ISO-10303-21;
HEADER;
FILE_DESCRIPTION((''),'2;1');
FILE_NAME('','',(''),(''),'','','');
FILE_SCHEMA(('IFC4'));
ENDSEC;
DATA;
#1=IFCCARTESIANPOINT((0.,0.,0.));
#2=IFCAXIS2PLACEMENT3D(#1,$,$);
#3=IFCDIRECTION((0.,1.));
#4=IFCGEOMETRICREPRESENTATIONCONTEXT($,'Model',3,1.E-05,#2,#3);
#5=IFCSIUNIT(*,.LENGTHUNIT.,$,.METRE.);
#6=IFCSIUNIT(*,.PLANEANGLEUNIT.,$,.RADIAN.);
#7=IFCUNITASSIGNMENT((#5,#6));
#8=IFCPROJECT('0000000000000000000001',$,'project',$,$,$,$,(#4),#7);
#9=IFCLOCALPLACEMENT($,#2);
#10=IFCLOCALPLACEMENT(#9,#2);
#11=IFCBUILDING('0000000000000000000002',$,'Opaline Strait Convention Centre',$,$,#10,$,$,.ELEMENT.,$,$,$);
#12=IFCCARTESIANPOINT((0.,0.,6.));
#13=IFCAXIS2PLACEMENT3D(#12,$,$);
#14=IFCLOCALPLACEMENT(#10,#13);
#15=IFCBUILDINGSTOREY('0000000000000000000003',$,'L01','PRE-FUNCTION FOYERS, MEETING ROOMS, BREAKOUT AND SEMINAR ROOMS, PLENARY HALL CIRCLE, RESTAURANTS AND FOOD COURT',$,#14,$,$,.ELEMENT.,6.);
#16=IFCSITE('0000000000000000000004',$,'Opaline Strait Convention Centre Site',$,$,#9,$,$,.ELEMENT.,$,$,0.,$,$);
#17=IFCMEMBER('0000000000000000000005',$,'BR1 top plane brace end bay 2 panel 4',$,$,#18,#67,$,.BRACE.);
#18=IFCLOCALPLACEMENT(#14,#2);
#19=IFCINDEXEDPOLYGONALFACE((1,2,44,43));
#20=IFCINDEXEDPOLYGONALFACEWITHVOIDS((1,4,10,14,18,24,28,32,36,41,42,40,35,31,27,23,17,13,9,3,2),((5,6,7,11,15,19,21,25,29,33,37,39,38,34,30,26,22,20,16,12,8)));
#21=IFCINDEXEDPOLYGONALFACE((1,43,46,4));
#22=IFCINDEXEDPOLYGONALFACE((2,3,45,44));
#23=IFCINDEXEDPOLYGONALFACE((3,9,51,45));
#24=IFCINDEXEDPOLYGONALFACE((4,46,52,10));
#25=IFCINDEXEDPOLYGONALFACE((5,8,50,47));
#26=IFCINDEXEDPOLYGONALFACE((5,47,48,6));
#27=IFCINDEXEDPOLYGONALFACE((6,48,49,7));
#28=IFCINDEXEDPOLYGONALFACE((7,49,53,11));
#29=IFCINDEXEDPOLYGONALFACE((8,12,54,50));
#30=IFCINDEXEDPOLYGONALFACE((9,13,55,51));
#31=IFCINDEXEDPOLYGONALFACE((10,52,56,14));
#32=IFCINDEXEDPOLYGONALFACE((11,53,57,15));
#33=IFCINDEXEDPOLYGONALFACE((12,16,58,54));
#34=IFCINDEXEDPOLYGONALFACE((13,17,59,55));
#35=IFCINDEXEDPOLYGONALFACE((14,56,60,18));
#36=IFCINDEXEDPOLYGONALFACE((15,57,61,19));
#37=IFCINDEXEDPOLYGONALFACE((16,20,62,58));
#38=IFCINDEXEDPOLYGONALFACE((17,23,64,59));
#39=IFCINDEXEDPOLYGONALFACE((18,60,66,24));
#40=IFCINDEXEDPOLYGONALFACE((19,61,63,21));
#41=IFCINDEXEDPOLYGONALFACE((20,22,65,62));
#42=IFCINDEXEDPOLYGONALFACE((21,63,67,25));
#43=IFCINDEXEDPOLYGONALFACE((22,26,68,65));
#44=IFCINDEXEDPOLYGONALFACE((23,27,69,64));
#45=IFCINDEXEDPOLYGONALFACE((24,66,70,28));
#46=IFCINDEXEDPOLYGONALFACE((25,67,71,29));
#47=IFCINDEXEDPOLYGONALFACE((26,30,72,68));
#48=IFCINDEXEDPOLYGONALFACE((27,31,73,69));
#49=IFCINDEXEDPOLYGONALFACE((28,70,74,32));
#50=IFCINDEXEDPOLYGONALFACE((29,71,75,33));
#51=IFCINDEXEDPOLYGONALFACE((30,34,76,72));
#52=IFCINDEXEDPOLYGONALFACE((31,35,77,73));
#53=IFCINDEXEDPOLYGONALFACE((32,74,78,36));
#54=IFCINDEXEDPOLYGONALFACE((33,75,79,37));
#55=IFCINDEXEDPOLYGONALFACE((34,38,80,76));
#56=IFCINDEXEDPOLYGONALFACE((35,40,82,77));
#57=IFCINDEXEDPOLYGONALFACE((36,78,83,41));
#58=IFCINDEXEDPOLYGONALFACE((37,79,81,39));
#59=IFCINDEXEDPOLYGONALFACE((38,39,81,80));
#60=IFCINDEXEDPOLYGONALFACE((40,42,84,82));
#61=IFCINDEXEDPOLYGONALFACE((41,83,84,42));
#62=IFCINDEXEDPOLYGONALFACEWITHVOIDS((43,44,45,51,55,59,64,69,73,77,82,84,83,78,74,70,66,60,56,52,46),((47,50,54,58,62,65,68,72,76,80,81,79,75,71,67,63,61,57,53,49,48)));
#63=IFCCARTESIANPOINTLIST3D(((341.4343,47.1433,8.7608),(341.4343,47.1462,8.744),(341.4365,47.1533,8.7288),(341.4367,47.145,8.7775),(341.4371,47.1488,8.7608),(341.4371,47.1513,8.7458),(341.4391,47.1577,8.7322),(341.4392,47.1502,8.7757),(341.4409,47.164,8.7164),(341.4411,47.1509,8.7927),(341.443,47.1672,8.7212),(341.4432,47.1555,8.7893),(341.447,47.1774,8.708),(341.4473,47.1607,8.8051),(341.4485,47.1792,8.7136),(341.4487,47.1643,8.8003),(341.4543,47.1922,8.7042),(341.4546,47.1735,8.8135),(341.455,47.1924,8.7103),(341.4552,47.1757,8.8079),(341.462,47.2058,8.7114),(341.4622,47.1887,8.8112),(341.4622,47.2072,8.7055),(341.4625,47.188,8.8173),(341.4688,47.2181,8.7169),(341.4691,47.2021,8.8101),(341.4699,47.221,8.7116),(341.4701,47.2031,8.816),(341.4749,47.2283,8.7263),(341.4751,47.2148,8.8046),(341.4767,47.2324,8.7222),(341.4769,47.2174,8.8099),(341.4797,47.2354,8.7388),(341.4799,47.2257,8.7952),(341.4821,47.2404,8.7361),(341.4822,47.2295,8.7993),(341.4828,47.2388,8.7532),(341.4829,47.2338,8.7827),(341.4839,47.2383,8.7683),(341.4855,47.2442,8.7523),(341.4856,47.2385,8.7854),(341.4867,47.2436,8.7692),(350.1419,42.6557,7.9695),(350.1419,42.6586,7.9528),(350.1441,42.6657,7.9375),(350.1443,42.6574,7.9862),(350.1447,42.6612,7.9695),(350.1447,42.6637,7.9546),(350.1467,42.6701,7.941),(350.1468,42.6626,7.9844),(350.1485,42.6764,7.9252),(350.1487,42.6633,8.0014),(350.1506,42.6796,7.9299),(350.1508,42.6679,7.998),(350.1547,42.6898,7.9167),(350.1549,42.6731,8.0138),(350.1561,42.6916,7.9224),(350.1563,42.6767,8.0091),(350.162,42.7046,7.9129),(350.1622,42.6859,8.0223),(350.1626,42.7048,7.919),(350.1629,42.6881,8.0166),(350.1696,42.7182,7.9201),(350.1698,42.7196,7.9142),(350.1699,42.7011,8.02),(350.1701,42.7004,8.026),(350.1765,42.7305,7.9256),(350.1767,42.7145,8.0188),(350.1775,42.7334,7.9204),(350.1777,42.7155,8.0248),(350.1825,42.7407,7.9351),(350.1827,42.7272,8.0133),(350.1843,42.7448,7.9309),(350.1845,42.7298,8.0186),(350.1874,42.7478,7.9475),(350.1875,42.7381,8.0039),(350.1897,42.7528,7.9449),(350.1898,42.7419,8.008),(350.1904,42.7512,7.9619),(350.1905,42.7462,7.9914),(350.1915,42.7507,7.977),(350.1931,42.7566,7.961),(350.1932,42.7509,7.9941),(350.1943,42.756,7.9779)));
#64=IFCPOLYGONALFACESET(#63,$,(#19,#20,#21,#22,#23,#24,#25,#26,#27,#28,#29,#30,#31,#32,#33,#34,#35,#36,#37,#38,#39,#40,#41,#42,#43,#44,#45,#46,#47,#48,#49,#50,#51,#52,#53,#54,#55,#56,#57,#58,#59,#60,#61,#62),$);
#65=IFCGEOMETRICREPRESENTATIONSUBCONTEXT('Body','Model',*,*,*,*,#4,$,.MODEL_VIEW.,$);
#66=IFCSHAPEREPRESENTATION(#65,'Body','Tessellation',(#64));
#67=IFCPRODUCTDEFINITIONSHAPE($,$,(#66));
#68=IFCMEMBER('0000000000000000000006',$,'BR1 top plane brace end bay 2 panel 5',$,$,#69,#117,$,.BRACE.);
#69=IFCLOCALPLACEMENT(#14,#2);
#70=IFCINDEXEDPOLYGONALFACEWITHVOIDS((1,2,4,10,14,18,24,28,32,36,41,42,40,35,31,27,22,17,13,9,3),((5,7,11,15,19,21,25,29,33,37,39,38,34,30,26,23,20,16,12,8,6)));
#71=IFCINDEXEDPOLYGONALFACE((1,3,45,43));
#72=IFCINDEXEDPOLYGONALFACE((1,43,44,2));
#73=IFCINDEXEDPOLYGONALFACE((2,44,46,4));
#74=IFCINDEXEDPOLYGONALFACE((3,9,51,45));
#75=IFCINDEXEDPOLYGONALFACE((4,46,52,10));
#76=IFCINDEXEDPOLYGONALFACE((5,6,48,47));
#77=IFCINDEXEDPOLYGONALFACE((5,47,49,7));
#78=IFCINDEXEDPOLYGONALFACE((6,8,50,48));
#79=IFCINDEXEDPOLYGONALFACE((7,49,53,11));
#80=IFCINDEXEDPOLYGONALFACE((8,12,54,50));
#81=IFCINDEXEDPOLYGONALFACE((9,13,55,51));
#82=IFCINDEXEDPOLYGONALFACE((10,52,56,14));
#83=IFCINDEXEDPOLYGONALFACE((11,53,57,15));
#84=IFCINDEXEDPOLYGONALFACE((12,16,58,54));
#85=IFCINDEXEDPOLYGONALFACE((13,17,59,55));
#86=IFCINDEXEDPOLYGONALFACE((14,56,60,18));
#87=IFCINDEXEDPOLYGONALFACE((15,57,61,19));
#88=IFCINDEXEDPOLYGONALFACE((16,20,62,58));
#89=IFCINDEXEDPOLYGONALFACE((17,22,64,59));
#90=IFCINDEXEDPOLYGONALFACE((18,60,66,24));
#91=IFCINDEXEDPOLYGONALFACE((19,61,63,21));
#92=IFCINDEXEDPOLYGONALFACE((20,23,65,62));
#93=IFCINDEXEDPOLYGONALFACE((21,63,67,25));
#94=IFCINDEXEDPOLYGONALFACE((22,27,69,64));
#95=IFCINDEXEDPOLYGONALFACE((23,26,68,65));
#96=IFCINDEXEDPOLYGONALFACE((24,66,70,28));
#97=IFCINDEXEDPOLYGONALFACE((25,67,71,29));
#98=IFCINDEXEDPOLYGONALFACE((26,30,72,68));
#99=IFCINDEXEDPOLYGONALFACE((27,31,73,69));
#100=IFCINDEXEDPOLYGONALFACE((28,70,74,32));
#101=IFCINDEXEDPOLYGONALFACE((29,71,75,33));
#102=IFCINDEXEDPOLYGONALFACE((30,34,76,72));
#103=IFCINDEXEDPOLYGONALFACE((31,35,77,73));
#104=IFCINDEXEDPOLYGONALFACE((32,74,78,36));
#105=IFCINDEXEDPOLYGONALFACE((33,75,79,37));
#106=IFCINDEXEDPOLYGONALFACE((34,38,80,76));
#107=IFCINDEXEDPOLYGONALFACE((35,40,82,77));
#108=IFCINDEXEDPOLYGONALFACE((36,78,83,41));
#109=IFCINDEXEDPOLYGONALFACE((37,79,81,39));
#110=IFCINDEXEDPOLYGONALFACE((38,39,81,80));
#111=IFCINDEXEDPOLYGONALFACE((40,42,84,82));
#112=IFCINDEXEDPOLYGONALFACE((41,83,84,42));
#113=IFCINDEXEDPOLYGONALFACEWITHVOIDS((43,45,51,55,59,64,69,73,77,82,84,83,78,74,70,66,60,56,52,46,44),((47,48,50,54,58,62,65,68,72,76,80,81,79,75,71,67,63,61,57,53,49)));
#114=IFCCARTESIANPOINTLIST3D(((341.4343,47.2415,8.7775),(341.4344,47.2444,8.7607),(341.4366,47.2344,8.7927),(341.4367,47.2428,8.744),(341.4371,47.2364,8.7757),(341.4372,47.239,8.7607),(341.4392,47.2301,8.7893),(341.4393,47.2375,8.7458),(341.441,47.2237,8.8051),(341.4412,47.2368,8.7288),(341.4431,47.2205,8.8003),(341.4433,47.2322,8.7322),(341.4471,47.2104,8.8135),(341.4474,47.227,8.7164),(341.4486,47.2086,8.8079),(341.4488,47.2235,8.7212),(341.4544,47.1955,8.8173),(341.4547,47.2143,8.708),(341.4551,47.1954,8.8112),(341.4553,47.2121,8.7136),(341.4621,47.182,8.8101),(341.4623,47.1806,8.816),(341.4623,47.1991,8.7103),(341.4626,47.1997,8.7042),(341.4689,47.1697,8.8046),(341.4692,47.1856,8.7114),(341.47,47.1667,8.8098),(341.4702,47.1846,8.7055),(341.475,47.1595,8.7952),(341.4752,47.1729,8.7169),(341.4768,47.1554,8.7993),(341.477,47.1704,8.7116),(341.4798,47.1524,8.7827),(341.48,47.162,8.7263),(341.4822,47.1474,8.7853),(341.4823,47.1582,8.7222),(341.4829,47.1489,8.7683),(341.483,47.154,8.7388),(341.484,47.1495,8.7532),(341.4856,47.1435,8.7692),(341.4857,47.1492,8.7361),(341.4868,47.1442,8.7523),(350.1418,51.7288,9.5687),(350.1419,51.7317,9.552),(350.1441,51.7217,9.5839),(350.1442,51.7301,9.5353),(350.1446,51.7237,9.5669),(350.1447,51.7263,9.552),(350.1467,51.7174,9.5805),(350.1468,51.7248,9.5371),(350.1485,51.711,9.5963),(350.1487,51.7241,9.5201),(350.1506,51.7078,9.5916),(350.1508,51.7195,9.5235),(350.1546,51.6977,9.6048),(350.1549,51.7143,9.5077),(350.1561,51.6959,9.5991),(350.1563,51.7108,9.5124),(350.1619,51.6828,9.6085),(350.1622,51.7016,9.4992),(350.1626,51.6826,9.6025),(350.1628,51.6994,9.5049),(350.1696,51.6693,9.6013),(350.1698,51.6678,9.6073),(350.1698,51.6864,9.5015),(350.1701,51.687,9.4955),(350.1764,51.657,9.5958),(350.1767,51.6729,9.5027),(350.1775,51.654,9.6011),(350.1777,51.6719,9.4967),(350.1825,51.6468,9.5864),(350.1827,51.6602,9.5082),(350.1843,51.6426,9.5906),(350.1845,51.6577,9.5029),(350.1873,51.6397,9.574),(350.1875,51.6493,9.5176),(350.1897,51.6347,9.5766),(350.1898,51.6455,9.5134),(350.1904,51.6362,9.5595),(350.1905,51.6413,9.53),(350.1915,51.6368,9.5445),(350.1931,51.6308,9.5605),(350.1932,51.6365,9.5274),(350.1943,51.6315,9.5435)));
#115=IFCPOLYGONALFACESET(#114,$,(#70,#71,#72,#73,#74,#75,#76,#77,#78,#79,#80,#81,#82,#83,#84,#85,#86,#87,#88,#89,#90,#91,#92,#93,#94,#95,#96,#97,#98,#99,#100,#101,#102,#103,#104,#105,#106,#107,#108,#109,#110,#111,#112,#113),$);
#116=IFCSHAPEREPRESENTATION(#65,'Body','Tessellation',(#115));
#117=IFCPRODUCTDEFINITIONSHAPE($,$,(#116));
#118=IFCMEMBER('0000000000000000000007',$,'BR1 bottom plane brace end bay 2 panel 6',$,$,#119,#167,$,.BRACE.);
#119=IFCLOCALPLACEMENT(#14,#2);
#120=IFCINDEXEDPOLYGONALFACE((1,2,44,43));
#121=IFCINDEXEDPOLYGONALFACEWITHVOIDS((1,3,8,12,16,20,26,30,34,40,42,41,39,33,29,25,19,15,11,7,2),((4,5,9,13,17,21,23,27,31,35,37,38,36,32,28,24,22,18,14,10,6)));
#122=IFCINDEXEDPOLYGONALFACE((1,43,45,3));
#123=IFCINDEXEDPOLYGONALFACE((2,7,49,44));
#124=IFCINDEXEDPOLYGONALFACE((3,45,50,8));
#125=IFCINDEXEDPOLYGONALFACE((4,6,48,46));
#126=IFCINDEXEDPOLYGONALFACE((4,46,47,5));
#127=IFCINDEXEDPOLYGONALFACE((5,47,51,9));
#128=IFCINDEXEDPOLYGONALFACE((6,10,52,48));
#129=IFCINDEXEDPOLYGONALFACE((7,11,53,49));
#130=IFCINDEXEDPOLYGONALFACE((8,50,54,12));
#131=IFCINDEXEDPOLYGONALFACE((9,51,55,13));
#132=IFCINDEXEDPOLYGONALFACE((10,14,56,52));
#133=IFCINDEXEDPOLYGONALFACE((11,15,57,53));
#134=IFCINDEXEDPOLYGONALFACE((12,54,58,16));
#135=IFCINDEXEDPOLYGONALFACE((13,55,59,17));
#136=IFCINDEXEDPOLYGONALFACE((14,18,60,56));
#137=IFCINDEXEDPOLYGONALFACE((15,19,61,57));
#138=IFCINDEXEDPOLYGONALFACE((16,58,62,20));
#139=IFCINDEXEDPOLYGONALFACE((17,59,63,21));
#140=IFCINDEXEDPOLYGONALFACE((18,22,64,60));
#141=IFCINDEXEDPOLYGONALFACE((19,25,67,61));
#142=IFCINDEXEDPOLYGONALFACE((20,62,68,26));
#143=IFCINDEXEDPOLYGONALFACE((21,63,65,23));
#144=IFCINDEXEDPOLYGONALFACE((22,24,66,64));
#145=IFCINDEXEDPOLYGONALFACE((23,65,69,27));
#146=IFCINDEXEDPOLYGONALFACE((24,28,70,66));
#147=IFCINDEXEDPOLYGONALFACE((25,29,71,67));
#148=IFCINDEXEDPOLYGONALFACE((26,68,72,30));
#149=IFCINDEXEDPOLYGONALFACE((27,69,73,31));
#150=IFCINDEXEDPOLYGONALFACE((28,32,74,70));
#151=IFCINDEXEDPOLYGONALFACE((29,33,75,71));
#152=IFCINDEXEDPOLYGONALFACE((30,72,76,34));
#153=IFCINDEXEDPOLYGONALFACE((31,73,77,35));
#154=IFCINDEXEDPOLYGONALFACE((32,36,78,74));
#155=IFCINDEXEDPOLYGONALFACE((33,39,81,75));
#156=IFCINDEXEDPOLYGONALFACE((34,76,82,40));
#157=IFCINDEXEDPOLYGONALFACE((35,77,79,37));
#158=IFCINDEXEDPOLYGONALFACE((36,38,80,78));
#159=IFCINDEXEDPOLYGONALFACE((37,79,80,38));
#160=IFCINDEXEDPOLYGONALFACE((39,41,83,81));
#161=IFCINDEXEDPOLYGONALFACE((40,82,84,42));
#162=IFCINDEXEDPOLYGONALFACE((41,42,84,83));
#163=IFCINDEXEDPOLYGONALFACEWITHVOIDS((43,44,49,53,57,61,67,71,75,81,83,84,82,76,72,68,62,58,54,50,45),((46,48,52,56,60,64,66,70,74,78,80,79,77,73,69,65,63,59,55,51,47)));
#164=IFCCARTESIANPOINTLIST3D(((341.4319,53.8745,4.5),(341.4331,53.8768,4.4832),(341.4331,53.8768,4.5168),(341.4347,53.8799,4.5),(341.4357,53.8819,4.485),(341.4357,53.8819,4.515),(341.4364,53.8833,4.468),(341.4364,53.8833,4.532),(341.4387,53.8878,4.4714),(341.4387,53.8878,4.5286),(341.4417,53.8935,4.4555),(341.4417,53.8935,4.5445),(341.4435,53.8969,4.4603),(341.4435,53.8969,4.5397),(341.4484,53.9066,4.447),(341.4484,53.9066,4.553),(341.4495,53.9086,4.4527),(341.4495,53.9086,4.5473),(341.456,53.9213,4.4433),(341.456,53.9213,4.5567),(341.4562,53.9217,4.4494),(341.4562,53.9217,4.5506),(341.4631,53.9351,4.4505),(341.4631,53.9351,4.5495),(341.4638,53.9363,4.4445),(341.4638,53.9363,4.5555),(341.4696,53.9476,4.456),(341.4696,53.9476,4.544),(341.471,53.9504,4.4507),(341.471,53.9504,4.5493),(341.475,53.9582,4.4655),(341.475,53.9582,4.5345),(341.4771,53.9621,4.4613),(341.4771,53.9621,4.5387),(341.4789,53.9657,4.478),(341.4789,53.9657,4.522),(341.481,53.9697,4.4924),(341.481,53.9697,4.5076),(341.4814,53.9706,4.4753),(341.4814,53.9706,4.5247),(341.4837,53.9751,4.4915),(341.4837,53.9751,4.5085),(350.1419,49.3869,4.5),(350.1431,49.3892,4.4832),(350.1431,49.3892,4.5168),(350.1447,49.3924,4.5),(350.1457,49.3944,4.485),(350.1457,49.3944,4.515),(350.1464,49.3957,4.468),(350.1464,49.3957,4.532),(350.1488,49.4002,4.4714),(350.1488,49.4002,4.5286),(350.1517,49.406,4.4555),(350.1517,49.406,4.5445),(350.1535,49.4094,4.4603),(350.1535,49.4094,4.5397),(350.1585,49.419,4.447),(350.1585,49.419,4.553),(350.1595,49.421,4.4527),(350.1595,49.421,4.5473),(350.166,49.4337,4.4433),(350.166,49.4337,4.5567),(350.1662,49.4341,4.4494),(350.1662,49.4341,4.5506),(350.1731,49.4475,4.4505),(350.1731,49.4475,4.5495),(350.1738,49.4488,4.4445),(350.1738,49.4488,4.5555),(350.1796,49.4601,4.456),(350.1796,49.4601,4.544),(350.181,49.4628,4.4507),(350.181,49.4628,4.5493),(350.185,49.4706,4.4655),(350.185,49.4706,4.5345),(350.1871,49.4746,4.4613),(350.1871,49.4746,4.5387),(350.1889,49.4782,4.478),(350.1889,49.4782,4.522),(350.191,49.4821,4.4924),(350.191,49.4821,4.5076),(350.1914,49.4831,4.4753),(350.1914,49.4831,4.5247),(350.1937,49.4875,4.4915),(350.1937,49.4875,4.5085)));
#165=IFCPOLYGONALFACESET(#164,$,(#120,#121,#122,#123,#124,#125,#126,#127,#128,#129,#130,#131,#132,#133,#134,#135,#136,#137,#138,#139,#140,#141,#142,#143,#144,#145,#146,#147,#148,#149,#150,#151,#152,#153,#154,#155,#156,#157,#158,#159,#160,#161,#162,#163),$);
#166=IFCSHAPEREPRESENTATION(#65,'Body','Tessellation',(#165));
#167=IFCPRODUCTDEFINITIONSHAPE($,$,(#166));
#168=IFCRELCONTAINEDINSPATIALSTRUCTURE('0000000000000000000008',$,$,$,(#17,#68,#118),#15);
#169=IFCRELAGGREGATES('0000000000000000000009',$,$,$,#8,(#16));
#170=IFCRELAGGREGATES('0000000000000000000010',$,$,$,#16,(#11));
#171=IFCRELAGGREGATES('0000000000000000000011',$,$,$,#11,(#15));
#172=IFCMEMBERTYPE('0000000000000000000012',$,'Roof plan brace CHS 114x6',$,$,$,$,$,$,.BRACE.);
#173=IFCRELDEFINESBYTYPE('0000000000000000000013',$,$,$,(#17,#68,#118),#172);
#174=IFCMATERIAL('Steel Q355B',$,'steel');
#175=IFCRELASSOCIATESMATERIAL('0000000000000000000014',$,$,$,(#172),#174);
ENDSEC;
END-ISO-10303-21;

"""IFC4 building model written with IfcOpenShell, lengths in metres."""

from ifc_helpers import new_model, si_unit, direction, frame, origin, origin_2d, place, context, subcontext, project, spatial, hollow_circle, extrude, material, material_profile, profile_set, type_object, element, save


model = new_model("IFC4")

# Units and contexts
model_context = context("Model", 3, precision=1e-05, world=origin(), true_north=direction((0.0, 1.0)))
body_context = subcontext(model_context, "Body", "Model", "MODEL_VIEW")
ifc_project = project(units=[si_unit("LENGTHUNIT", "METRE"), si_unit("PLANEANGLEUNIT", "RADIAN")], contexts=[model_context])

# Site, building, storey
site_placement = place(None, origin())
site = spatial("IfcSite", under=ifc_project, at=site_placement, Name="Opaline Strait Convention Centre Site", CompositionType="ELEMENT", RefElevation=0.0)
building_placement = place(site_placement, origin())
building = spatial("IfcBuilding", under=site, at=building_placement, Name="Opaline Strait Convention Centre", CompositionType="ELEMENT")
storey_placement = place(building_placement, frame((0.0, 0.0, 6.0)))
storey = spatial("IfcBuildingStorey", under=building, at=storey_placement, Name="L01", Description="PRE-FUNCTION FOYERS, MEETING ROOMS, BREAKOUT AND SEMINAR ROOMS, PLENARY HALL CIRCLE, RESTAURANTS AND FOOD COURT", CompositionType="ELEMENT", Elevation=6.0)

# Members
ifc_material_1 = material(Name="Steel Q355B", Category="steel")
ifc_material_profile_1 = material_profile(ifc_material_1, hollow_circle(Radius=0.0569, WallThickness=0.0061, at=origin_2d()), Name="CHS 114x6")
ifc_profile_set_1 = profile_set([ifc_material_profile_1], Name="Steel Q355B")
member_type_1 = type_object("IfcMemberType", Name="Roof plan brace CHS 114x6", PredefinedType="BRACE", material=ifc_profile_set_1)
member_1_placement = place(storey_placement, frame((350.168, 42.7063, 7.9695), z_axis=(-0.886012, 0.456619, 0.080513), x_axis=(-0.458106, -0.888897, 0.0)))
element("IfcMember", 1, at=member_1_placement, inside=storey, type_object=member_type_1, Name="BR1 top plane brace end bay 2 panel 4", PredefinedType="BRACE", context=body_context, shape_type="SweptSolid", body=[
    extrude(hollow_circle(Radius=0.0569, WallThickness=0.0061, at=origin_2d()), origin(), (0.0, 0.0, 1.0), 9.8279),
])
member_2_placement = place(storey_placement, frame((341.4604, 47.1938, 8.7607), z_axis=(0.886022, 0.4566, 0.080514), x_axis=(-0.458087, 0.888908, 0.0)))
element("IfcMember", 2, at=member_2_placement, inside=storey, type_object=member_type_1, Name="BR1 top plane brace end bay 2 panel 5", PredefinedType="BRACE", context=body_context, shape_type="SweptSolid", body=[
    extrude(hollow_circle(Radius=0.0569, WallThickness=0.0061, at=origin_2d()), origin(), (0.0, 0.0, 1.0), 9.8276),
])
member_3_placement = place(storey_placement, frame((350.168, 49.4375, 4.5), z_axis=(-0.88895, 0.458005, 0.0), x_axis=(-0.458005, -0.88895, 0.0)))
element("IfcMember", 3, at=member_3_placement, inside=storey, type_object=member_type_1, Name="BR1 bottom plane brace end bay 2 panel 6", PredefinedType="BRACE", context=body_context, shape_type="SweptSolid", body=[
    extrude(hollow_circle(Radius=0.0569, WallThickness=0.0061, at=origin_2d()), origin(), (0.0, 0.0, 1.0), 9.7981),
])

save(model, "model.ifc")
